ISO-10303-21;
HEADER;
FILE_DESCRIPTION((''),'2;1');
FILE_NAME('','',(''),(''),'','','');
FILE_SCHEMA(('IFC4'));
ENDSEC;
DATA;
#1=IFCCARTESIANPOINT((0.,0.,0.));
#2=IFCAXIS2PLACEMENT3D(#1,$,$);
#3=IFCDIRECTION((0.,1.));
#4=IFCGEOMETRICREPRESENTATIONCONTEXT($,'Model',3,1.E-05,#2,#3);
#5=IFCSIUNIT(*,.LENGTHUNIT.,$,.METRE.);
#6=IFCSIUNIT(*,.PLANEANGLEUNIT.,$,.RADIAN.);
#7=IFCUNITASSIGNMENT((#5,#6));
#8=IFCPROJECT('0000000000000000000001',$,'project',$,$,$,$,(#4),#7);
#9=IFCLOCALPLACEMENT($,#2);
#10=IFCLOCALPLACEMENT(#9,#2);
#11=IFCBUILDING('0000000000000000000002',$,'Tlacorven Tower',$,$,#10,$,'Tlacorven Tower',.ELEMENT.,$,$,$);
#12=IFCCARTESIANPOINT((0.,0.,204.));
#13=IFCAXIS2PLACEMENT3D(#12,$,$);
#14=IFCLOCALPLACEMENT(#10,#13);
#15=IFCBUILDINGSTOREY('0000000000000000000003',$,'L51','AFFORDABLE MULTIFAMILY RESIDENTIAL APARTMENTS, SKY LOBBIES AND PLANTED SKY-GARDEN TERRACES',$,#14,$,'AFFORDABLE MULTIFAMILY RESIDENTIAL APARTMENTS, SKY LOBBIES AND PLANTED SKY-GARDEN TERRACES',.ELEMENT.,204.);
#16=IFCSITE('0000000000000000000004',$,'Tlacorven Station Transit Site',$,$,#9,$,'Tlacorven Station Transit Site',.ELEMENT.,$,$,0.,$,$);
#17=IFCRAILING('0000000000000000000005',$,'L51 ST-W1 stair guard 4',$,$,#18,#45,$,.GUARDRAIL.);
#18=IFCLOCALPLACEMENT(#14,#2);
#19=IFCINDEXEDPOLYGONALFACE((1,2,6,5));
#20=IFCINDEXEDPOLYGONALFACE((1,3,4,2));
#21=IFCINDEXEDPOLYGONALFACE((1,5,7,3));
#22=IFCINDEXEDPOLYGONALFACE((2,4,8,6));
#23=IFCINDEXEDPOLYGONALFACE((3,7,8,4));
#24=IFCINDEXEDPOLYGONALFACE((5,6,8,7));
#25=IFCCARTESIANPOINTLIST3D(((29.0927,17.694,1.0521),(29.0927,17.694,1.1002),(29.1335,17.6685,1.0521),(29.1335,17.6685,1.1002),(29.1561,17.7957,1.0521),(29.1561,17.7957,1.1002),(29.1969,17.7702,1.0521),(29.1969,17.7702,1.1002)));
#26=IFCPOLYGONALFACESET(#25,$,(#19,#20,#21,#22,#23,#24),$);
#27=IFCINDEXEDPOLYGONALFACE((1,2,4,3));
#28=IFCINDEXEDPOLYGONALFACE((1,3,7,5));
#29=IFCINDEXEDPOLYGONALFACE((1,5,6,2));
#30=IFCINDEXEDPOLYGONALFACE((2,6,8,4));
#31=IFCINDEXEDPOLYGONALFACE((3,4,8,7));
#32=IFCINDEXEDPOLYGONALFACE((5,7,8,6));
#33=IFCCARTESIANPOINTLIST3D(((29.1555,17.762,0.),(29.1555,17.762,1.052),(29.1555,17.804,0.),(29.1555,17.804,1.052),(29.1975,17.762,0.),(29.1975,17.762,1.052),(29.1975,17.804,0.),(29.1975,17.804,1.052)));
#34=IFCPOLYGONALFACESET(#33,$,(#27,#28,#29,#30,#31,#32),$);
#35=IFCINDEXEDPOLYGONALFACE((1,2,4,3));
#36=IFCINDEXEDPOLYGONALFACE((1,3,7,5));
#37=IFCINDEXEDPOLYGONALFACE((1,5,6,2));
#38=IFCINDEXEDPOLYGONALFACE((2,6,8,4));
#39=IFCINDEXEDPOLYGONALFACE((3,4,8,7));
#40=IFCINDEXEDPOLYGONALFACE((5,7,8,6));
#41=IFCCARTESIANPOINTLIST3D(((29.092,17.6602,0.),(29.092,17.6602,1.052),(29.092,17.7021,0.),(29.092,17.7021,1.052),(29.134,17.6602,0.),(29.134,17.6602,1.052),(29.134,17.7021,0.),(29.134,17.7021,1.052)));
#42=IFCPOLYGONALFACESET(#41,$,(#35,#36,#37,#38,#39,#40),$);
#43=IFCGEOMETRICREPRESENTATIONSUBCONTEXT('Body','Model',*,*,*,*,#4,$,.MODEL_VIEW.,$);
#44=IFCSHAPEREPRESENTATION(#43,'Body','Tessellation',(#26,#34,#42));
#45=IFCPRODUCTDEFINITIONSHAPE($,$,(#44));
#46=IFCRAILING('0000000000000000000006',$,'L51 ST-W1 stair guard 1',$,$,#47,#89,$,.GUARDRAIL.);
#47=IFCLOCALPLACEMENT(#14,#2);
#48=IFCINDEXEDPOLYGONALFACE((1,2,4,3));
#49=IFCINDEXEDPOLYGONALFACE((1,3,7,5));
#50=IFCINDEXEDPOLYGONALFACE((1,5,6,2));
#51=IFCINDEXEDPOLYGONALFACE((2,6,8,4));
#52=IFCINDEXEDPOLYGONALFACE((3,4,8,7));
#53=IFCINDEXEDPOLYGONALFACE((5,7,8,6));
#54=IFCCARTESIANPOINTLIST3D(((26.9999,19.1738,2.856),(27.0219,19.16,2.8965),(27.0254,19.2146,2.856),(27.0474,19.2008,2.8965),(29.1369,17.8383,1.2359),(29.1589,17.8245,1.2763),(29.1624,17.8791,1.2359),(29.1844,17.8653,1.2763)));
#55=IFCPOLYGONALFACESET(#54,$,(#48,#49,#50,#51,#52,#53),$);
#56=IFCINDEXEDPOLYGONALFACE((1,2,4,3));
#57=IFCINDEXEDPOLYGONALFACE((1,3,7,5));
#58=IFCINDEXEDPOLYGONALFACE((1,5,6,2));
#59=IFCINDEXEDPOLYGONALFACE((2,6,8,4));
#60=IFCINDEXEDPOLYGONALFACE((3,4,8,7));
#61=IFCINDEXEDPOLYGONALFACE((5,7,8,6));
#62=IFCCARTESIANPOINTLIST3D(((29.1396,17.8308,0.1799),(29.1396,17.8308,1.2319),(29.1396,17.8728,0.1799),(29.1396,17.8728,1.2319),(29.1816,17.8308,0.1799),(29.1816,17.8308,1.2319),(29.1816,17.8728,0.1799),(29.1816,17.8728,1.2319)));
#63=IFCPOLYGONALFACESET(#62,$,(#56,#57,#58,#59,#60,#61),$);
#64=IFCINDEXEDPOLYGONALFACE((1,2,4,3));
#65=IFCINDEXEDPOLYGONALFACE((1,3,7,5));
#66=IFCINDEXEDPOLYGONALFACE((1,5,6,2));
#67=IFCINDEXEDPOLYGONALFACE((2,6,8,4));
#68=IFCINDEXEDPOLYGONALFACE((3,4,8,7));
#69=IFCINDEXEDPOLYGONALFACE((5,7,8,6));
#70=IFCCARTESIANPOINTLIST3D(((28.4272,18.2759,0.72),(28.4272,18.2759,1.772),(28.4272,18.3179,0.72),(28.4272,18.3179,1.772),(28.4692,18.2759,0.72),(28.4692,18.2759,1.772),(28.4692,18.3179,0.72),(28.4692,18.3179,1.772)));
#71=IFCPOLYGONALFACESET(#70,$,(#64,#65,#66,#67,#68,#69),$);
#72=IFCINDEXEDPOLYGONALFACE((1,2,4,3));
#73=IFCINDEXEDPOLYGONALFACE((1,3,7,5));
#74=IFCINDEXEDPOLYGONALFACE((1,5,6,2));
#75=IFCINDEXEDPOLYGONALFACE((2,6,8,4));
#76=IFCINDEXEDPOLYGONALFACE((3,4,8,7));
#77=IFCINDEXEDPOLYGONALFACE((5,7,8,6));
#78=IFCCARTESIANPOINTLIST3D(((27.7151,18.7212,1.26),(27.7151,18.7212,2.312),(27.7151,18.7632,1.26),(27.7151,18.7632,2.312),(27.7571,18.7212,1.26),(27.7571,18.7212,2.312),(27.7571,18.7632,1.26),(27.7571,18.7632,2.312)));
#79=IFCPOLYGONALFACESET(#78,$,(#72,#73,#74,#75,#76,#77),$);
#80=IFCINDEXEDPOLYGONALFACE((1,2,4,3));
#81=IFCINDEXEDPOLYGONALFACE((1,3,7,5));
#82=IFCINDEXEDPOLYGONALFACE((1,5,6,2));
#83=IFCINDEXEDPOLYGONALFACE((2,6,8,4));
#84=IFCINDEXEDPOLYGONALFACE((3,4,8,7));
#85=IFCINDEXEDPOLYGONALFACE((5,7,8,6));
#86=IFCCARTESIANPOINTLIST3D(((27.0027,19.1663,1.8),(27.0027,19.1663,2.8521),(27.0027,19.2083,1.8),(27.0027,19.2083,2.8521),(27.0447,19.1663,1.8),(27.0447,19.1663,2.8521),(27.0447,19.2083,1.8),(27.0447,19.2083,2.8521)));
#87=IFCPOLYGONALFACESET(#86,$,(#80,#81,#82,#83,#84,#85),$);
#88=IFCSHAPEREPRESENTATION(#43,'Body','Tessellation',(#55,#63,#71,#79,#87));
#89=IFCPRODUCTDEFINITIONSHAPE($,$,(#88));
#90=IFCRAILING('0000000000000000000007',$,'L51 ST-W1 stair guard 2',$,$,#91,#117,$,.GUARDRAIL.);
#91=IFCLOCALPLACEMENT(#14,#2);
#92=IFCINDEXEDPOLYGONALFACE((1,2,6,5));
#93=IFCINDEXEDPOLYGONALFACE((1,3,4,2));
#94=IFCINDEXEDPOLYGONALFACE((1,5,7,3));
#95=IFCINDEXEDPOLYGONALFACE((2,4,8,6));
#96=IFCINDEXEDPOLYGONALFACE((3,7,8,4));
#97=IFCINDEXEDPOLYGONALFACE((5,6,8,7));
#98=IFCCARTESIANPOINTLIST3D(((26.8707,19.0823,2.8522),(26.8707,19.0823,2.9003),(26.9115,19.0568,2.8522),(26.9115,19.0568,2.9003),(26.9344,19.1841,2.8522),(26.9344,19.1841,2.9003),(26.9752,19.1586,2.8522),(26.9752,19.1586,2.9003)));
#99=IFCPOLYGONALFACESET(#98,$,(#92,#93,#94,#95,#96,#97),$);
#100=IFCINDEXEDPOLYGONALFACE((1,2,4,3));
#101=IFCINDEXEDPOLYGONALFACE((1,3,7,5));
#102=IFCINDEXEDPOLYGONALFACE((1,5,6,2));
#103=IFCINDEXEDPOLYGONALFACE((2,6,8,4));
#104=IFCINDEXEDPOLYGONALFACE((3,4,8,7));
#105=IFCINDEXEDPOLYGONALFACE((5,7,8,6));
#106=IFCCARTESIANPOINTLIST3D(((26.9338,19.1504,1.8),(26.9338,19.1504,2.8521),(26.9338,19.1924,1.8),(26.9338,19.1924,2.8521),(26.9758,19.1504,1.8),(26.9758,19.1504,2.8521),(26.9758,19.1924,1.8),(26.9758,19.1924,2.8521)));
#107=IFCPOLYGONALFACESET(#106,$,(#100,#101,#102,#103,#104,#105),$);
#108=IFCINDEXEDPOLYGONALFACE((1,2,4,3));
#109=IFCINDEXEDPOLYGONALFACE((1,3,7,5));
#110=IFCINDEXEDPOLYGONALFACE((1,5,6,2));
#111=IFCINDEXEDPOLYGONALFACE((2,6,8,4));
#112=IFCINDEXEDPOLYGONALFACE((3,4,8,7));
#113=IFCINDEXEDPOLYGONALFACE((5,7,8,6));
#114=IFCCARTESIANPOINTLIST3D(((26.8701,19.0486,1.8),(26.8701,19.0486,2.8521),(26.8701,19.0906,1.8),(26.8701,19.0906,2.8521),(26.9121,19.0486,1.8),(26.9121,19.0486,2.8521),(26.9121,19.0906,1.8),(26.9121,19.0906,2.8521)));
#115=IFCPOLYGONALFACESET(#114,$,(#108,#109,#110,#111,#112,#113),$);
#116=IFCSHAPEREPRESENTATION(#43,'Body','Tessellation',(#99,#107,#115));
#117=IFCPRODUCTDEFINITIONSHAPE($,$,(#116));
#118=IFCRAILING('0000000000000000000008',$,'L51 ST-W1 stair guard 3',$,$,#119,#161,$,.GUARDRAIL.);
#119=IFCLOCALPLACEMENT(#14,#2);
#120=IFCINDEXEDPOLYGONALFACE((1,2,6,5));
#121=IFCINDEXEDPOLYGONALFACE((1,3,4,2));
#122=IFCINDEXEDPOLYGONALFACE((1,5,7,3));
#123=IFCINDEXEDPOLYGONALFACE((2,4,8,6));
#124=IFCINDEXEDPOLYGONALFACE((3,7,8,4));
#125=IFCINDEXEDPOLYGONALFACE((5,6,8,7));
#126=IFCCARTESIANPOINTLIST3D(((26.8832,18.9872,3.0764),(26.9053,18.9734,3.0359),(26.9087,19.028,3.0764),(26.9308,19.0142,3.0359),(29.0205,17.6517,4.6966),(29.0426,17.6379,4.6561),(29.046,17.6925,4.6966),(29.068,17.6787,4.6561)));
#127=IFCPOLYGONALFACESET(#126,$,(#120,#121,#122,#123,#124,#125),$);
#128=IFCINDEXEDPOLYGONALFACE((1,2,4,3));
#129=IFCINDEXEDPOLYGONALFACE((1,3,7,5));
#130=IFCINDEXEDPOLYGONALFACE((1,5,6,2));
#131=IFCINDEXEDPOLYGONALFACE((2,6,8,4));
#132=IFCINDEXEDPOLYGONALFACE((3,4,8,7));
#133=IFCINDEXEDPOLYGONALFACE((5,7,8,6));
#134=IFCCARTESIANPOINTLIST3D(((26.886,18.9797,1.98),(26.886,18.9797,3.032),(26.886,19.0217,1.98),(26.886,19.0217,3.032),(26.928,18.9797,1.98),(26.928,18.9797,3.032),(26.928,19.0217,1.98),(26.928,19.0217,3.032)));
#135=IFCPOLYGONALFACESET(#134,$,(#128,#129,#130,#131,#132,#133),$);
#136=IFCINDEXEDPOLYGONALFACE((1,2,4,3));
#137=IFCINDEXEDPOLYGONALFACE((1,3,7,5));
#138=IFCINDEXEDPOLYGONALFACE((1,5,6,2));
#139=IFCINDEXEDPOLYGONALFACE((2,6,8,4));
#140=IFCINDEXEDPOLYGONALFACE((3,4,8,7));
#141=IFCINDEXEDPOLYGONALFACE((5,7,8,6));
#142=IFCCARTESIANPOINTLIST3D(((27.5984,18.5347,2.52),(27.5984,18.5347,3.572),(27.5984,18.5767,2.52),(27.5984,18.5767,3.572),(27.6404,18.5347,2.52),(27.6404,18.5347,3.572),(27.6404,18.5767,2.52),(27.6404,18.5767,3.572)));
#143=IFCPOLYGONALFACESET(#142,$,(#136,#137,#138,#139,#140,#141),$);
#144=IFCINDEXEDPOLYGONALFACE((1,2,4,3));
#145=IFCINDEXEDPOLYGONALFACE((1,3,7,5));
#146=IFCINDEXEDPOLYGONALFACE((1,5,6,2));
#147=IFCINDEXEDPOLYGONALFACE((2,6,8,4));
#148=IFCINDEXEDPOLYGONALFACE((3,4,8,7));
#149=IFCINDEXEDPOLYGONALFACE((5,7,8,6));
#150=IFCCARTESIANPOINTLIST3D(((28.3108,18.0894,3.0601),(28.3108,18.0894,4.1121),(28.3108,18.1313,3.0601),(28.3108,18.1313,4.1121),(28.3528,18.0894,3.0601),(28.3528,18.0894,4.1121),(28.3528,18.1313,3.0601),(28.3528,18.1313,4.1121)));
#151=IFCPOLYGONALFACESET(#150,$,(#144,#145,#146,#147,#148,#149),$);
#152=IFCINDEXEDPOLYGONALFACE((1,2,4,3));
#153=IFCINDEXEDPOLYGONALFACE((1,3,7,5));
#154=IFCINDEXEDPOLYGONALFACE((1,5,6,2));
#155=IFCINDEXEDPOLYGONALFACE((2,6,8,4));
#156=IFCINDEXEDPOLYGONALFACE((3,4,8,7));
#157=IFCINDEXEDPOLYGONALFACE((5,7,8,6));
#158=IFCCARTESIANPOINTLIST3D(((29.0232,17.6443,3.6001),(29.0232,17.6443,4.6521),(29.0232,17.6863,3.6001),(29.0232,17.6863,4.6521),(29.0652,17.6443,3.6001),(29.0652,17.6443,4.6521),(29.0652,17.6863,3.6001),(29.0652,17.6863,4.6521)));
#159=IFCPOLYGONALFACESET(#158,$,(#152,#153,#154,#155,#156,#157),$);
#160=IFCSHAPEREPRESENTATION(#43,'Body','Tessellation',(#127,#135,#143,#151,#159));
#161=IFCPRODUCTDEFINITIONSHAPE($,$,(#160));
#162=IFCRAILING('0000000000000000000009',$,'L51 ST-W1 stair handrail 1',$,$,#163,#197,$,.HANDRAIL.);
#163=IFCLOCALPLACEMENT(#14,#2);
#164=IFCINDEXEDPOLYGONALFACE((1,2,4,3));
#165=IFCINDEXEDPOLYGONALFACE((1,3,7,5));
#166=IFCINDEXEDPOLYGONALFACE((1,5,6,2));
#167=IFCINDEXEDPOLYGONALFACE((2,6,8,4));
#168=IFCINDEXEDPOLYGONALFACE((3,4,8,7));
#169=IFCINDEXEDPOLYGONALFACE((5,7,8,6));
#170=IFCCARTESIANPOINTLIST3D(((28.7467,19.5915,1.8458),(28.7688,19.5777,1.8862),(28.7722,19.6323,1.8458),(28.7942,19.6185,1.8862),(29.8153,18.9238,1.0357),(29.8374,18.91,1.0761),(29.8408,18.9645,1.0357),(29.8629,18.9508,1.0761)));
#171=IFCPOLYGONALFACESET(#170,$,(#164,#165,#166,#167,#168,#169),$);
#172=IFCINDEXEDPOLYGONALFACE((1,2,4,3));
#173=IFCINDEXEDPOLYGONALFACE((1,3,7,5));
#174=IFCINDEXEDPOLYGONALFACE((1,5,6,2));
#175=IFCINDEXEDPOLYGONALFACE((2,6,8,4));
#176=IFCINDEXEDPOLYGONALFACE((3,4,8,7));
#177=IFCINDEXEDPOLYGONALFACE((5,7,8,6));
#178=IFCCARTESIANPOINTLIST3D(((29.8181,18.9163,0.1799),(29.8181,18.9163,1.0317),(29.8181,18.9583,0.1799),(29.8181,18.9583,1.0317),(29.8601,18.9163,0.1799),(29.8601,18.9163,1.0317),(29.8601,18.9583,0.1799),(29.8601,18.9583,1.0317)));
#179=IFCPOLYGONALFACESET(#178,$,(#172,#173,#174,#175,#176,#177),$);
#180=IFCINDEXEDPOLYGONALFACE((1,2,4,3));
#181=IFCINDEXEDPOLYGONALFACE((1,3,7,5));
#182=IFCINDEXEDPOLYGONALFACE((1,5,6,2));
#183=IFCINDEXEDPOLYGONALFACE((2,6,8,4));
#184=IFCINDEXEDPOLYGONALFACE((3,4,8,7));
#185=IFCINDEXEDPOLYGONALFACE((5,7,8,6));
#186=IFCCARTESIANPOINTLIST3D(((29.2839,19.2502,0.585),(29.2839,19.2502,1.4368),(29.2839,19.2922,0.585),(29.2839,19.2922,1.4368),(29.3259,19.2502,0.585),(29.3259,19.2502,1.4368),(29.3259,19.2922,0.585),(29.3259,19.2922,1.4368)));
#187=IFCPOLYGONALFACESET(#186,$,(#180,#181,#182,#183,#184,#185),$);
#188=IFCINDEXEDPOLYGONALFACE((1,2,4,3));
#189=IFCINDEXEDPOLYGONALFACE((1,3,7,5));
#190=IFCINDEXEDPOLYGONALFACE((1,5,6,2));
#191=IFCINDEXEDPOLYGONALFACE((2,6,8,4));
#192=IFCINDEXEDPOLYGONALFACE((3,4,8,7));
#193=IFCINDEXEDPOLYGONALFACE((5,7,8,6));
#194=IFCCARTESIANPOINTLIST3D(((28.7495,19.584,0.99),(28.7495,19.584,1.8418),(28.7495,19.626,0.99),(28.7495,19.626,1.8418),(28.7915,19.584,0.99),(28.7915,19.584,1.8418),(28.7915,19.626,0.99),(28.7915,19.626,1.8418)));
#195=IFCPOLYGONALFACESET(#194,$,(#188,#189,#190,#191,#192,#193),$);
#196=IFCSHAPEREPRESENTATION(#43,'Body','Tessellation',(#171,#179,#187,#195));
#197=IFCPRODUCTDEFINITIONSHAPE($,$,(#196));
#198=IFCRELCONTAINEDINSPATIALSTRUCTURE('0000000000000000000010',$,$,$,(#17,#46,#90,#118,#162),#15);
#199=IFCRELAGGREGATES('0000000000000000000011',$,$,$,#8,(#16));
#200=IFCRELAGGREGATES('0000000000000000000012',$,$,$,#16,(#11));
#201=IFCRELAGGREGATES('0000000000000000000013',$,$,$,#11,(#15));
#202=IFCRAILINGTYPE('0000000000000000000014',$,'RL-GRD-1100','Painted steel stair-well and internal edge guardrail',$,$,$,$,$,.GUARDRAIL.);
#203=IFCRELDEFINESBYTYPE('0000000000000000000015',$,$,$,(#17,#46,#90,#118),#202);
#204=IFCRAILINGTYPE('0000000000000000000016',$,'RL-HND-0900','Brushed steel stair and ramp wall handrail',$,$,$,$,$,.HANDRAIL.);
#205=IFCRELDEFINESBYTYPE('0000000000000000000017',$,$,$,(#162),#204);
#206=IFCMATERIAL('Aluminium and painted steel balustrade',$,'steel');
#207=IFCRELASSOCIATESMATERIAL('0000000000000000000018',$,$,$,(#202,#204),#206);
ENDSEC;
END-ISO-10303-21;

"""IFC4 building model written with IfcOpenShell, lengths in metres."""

from ifc_helpers import new_model, si_unit, direction, frame, origin, origin_2d, place, context, subcontext, project, spatial, rectangle, extrude, source, transform, mapped, material, type_object, element, save


model = new_model("IFC4")

# Units and contexts
model_context = context("Model", 3, precision=1e-05, world=origin(), true_north=direction((0.0, 1.0)))
body_context = subcontext(model_context, "Body", "Model", "MODEL_VIEW")
ifc_project = project(units=[si_unit("LENGTHUNIT", "METRE"), si_unit("PLANEANGLEUNIT", "RADIAN")], contexts=[model_context])

# Site, building, storey
site_placement = place(None, origin())
site = spatial("IfcSite", under=ifc_project, at=site_placement, Name="Tlacorven Station Transit Site", LongName="Tlacorven Station Transit Site", CompositionType="ELEMENT", RefElevation=0.0)
building_placement = place(site_placement, origin())
building = spatial("IfcBuilding", under=site, at=building_placement, Name="Tlacorven Tower", LongName="Tlacorven Tower", CompositionType="ELEMENT")
storey_placement = place(building_placement, frame((0.0, 0.0, 204.0)))
storey = spatial("IfcBuildingStorey", under=building, at=storey_placement, Name="L51", Description="AFFORDABLE MULTIFAMILY RESIDENTIAL APARTMENTS, SKY LOBBIES AND PLANTED SKY-GARDEN TERRACES", LongName="AFFORDABLE MULTIFAMILY RESIDENTIAL APARTMENTS, SKY LOBBIES AND PLANTED SKY-GARDEN TERRACES", CompositionType="ELEMENT", Elevation=204.0)

# Railings
ifc_material_1 = material(Name="Aluminium and painted steel balustrade", Category="steel")
railing_type_1 = type_object("IfcRailingType", Name="RL-GRD-1100", Description="Painted steel stair-well and internal edge guardrail", PredefinedType="GUARDRAIL", material=ifc_material_1)
shared_shape_1 = source(origin(), body_context, "Body", "SweptSolid", [
    extrude(rectangle(XDim=0.0481, YDim=0.0481, at=origin_2d()), frame((0.0, 0.0, 1.0762), z_axis=(-0.529084, -0.848569, 0.0), x_axis=(0.848569, -0.529084, 0.0)), (0.0, 0.0, 1.0), 0.1199),
    extrude(rectangle(XDim=0.042, YDim=0.042, at=origin_2d()), origin(), (0.0, 0.0, 1.0), 1.052),
    extrude(rectangle(XDim=0.042, YDim=0.042, at=origin_2d()), frame((-0.0635, -0.1018, 0.0)), (0.0, 0.0, 1.0), 1.052),
])
railing_1_placement = place(storey_placement, frame((29.1765, 17.783, 0.0)))
element("IfcRailing", 1, at=railing_1_placement, inside=storey, type_object=railing_type_1, Name="L51 ST-W1 stair guard 4", PredefinedType="GUARDRAIL", context=body_context, shape_type="MappedRepresentation", body=[
    mapped(shared_shape_1, transform((0.0, 0.0, 0.0), scale=1.0)),
])
shared_shape_2 = source(origin(), body_context, "Body", "SweptSolid", [
    extrude(rectangle(XDim=0.0481, YDim=0.0481, at=origin_2d()), frame((0.0, 0.0, 1.0762), z_axis=(-0.71332, 0.445774, 0.540796), x_axis=(-0.529955, -0.848026, 0.0)), (0.0, 0.0, 1.0), 2.9958),
    extrude(rectangle(XDim=0.042, YDim=0.042, at=origin_2d()), origin(), (0.0, 0.0, 1.0), 1.052),
    extrude(rectangle(XDim=0.042, YDim=0.042, at=origin_2d()), frame((-0.7124, 0.4451, 0.54)), (0.0, 0.0, 1.0), 1.052),
    extrude(rectangle(XDim=0.042, YDim=0.042, at=origin_2d()), frame((-1.4246, 0.8904, 1.0801)), (0.0, 0.0, 1.0), 1.052),
    extrude(rectangle(XDim=0.042, YDim=0.042, at=origin_2d()), frame((-2.137, 1.3354, 1.6201)), (0.0, 0.0, 1.0), 1.052),
])
railing_2_placement = place(storey_placement, frame((29.1606, 17.8518, 0.1799)))
element("IfcRailing", 2, at=railing_2_placement, inside=storey, type_object=railing_type_1, Name="L51 ST-W1 stair guard 1", PredefinedType="GUARDRAIL", context=body_context, shape_type="MappedRepresentation", body=[
    mapped(shared_shape_2, transform((0.0, 0.0, 0.0), scale=1.0)),
])
shared_shape_3 = source(origin(), body_context, "Body", "SweptSolid", [
    extrude(rectangle(XDim=0.0481, YDim=0.0481, at=origin_2d()), frame((0.0, 0.0, 1.0762), z_axis=(-0.530547, -0.847656, 0.0), x_axis=(0.847656, -0.530547, 0.0)), (0.0, 0.0, 1.0), 0.1201),
    extrude(rectangle(XDim=0.042, YDim=0.042, at=origin_2d()), origin(), (0.0, 0.0, 1.0), 1.052),
    extrude(rectangle(XDim=0.042, YDim=0.042, at=origin_2d()), frame((-0.0637, -0.1018, 0.0)), (0.0, 0.0, 1.0), 1.052),
])
railing_3_placement = place(storey_placement, frame((26.9548, 19.1714, 1.8)))
element("IfcRailing", 3, at=railing_3_placement, inside=storey, type_object=railing_type_1, Name="L51 ST-W1 stair guard 2", PredefinedType="GUARDRAIL", context=body_context, shape_type="MappedRepresentation", body=[
    mapped(shared_shape_3, transform((0.0, 0.0, 0.0), scale=1.0)),
])
shared_shape_4 = source(origin(), body_context, "Body", "SweptSolid", [
    extrude(rectangle(XDim=0.0481, YDim=0.0481, at=origin_2d()), frame((0.0, 0.0, 1.0762), z_axis=(0.71336, -0.445748, 0.540765), x_axis=(0.529912, 0.848053, 0.0)), (0.0, 0.0, 1.0), 2.9961),
    extrude(rectangle(XDim=0.042, YDim=0.042, at=origin_2d()), origin(), (0.0, 0.0, 1.0), 1.052),
    extrude(rectangle(XDim=0.042, YDim=0.042, at=origin_2d()), frame((0.7124, -0.4451, 0.54)), (0.0, 0.0, 1.0), 1.052),
    extrude(rectangle(XDim=0.042, YDim=0.042, at=origin_2d()), frame((1.4248, -0.8904, 1.0801)), (0.0, 0.0, 1.0), 1.052),
    extrude(rectangle(XDim=0.042, YDim=0.042, at=origin_2d()), frame((2.1372, -1.3354, 1.6201)), (0.0, 0.0, 1.0), 1.052),
])
railing_4_placement = place(storey_placement, frame((26.907, 19.0007, 1.98)))
element("IfcRailing", 4, at=railing_4_placement, inside=storey, type_object=railing_type_1, Name="L51 ST-W1 stair guard 3", PredefinedType="GUARDRAIL", context=body_context, shape_type="MappedRepresentation", body=[
    mapped(shared_shape_4, transform((0.0, 0.0, 0.0), scale=1.0)),
])
railing_type_2 = type_object("IfcRailingType", Name="RL-HND-0900", Description="Brushed steel stair and ramp wall handrail", PredefinedType="HANDRAIL", material=ifc_material_1)
shared_shape_5 = source(origin(), body_context, "Body", "SweptSolid", [
    extrude(rectangle(XDim=0.0481, YDim=0.0481, at=origin_2d()), frame((0.0, 0.0, 0.876), z_axis=(-0.71336, 0.445748, 0.540765), x_axis=(-0.529912, -0.848053, 0.0)), (0.0, 0.0, 1.0), 1.498),
    extrude(rectangle(XDim=0.042, YDim=0.042, at=origin_2d()), origin(), (0.0, 0.0, 1.0), 0.8518),
    extrude(rectangle(XDim=0.042, YDim=0.042, at=origin_2d()), frame((-0.5342, 0.334, 0.405)), (0.0, 0.0, 1.0), 0.8518),
    extrude(rectangle(XDim=0.042, YDim=0.042, at=origin_2d()), frame((-1.0686, 0.6677, 0.8101)), (0.0, 0.0, 1.0), 0.8518),
])
for number, where, name in (
    (5, (29.8391, 18.9373, 0.1799), "L51 ST-W1 stair handrail 1"),
):
    element("IfcRailing", number, at=place(storey_placement, frame(where)), inside=storey, type_object=railing_type_2, Name=name, PredefinedType="HANDRAIL", context=body_context, shape_type="MappedRepresentation", body=[
        mapped(shared_shape_5, transform((0.0, 0.0, 0.0), scale=1.0)),
    ])

save(model, "model.ifc")
